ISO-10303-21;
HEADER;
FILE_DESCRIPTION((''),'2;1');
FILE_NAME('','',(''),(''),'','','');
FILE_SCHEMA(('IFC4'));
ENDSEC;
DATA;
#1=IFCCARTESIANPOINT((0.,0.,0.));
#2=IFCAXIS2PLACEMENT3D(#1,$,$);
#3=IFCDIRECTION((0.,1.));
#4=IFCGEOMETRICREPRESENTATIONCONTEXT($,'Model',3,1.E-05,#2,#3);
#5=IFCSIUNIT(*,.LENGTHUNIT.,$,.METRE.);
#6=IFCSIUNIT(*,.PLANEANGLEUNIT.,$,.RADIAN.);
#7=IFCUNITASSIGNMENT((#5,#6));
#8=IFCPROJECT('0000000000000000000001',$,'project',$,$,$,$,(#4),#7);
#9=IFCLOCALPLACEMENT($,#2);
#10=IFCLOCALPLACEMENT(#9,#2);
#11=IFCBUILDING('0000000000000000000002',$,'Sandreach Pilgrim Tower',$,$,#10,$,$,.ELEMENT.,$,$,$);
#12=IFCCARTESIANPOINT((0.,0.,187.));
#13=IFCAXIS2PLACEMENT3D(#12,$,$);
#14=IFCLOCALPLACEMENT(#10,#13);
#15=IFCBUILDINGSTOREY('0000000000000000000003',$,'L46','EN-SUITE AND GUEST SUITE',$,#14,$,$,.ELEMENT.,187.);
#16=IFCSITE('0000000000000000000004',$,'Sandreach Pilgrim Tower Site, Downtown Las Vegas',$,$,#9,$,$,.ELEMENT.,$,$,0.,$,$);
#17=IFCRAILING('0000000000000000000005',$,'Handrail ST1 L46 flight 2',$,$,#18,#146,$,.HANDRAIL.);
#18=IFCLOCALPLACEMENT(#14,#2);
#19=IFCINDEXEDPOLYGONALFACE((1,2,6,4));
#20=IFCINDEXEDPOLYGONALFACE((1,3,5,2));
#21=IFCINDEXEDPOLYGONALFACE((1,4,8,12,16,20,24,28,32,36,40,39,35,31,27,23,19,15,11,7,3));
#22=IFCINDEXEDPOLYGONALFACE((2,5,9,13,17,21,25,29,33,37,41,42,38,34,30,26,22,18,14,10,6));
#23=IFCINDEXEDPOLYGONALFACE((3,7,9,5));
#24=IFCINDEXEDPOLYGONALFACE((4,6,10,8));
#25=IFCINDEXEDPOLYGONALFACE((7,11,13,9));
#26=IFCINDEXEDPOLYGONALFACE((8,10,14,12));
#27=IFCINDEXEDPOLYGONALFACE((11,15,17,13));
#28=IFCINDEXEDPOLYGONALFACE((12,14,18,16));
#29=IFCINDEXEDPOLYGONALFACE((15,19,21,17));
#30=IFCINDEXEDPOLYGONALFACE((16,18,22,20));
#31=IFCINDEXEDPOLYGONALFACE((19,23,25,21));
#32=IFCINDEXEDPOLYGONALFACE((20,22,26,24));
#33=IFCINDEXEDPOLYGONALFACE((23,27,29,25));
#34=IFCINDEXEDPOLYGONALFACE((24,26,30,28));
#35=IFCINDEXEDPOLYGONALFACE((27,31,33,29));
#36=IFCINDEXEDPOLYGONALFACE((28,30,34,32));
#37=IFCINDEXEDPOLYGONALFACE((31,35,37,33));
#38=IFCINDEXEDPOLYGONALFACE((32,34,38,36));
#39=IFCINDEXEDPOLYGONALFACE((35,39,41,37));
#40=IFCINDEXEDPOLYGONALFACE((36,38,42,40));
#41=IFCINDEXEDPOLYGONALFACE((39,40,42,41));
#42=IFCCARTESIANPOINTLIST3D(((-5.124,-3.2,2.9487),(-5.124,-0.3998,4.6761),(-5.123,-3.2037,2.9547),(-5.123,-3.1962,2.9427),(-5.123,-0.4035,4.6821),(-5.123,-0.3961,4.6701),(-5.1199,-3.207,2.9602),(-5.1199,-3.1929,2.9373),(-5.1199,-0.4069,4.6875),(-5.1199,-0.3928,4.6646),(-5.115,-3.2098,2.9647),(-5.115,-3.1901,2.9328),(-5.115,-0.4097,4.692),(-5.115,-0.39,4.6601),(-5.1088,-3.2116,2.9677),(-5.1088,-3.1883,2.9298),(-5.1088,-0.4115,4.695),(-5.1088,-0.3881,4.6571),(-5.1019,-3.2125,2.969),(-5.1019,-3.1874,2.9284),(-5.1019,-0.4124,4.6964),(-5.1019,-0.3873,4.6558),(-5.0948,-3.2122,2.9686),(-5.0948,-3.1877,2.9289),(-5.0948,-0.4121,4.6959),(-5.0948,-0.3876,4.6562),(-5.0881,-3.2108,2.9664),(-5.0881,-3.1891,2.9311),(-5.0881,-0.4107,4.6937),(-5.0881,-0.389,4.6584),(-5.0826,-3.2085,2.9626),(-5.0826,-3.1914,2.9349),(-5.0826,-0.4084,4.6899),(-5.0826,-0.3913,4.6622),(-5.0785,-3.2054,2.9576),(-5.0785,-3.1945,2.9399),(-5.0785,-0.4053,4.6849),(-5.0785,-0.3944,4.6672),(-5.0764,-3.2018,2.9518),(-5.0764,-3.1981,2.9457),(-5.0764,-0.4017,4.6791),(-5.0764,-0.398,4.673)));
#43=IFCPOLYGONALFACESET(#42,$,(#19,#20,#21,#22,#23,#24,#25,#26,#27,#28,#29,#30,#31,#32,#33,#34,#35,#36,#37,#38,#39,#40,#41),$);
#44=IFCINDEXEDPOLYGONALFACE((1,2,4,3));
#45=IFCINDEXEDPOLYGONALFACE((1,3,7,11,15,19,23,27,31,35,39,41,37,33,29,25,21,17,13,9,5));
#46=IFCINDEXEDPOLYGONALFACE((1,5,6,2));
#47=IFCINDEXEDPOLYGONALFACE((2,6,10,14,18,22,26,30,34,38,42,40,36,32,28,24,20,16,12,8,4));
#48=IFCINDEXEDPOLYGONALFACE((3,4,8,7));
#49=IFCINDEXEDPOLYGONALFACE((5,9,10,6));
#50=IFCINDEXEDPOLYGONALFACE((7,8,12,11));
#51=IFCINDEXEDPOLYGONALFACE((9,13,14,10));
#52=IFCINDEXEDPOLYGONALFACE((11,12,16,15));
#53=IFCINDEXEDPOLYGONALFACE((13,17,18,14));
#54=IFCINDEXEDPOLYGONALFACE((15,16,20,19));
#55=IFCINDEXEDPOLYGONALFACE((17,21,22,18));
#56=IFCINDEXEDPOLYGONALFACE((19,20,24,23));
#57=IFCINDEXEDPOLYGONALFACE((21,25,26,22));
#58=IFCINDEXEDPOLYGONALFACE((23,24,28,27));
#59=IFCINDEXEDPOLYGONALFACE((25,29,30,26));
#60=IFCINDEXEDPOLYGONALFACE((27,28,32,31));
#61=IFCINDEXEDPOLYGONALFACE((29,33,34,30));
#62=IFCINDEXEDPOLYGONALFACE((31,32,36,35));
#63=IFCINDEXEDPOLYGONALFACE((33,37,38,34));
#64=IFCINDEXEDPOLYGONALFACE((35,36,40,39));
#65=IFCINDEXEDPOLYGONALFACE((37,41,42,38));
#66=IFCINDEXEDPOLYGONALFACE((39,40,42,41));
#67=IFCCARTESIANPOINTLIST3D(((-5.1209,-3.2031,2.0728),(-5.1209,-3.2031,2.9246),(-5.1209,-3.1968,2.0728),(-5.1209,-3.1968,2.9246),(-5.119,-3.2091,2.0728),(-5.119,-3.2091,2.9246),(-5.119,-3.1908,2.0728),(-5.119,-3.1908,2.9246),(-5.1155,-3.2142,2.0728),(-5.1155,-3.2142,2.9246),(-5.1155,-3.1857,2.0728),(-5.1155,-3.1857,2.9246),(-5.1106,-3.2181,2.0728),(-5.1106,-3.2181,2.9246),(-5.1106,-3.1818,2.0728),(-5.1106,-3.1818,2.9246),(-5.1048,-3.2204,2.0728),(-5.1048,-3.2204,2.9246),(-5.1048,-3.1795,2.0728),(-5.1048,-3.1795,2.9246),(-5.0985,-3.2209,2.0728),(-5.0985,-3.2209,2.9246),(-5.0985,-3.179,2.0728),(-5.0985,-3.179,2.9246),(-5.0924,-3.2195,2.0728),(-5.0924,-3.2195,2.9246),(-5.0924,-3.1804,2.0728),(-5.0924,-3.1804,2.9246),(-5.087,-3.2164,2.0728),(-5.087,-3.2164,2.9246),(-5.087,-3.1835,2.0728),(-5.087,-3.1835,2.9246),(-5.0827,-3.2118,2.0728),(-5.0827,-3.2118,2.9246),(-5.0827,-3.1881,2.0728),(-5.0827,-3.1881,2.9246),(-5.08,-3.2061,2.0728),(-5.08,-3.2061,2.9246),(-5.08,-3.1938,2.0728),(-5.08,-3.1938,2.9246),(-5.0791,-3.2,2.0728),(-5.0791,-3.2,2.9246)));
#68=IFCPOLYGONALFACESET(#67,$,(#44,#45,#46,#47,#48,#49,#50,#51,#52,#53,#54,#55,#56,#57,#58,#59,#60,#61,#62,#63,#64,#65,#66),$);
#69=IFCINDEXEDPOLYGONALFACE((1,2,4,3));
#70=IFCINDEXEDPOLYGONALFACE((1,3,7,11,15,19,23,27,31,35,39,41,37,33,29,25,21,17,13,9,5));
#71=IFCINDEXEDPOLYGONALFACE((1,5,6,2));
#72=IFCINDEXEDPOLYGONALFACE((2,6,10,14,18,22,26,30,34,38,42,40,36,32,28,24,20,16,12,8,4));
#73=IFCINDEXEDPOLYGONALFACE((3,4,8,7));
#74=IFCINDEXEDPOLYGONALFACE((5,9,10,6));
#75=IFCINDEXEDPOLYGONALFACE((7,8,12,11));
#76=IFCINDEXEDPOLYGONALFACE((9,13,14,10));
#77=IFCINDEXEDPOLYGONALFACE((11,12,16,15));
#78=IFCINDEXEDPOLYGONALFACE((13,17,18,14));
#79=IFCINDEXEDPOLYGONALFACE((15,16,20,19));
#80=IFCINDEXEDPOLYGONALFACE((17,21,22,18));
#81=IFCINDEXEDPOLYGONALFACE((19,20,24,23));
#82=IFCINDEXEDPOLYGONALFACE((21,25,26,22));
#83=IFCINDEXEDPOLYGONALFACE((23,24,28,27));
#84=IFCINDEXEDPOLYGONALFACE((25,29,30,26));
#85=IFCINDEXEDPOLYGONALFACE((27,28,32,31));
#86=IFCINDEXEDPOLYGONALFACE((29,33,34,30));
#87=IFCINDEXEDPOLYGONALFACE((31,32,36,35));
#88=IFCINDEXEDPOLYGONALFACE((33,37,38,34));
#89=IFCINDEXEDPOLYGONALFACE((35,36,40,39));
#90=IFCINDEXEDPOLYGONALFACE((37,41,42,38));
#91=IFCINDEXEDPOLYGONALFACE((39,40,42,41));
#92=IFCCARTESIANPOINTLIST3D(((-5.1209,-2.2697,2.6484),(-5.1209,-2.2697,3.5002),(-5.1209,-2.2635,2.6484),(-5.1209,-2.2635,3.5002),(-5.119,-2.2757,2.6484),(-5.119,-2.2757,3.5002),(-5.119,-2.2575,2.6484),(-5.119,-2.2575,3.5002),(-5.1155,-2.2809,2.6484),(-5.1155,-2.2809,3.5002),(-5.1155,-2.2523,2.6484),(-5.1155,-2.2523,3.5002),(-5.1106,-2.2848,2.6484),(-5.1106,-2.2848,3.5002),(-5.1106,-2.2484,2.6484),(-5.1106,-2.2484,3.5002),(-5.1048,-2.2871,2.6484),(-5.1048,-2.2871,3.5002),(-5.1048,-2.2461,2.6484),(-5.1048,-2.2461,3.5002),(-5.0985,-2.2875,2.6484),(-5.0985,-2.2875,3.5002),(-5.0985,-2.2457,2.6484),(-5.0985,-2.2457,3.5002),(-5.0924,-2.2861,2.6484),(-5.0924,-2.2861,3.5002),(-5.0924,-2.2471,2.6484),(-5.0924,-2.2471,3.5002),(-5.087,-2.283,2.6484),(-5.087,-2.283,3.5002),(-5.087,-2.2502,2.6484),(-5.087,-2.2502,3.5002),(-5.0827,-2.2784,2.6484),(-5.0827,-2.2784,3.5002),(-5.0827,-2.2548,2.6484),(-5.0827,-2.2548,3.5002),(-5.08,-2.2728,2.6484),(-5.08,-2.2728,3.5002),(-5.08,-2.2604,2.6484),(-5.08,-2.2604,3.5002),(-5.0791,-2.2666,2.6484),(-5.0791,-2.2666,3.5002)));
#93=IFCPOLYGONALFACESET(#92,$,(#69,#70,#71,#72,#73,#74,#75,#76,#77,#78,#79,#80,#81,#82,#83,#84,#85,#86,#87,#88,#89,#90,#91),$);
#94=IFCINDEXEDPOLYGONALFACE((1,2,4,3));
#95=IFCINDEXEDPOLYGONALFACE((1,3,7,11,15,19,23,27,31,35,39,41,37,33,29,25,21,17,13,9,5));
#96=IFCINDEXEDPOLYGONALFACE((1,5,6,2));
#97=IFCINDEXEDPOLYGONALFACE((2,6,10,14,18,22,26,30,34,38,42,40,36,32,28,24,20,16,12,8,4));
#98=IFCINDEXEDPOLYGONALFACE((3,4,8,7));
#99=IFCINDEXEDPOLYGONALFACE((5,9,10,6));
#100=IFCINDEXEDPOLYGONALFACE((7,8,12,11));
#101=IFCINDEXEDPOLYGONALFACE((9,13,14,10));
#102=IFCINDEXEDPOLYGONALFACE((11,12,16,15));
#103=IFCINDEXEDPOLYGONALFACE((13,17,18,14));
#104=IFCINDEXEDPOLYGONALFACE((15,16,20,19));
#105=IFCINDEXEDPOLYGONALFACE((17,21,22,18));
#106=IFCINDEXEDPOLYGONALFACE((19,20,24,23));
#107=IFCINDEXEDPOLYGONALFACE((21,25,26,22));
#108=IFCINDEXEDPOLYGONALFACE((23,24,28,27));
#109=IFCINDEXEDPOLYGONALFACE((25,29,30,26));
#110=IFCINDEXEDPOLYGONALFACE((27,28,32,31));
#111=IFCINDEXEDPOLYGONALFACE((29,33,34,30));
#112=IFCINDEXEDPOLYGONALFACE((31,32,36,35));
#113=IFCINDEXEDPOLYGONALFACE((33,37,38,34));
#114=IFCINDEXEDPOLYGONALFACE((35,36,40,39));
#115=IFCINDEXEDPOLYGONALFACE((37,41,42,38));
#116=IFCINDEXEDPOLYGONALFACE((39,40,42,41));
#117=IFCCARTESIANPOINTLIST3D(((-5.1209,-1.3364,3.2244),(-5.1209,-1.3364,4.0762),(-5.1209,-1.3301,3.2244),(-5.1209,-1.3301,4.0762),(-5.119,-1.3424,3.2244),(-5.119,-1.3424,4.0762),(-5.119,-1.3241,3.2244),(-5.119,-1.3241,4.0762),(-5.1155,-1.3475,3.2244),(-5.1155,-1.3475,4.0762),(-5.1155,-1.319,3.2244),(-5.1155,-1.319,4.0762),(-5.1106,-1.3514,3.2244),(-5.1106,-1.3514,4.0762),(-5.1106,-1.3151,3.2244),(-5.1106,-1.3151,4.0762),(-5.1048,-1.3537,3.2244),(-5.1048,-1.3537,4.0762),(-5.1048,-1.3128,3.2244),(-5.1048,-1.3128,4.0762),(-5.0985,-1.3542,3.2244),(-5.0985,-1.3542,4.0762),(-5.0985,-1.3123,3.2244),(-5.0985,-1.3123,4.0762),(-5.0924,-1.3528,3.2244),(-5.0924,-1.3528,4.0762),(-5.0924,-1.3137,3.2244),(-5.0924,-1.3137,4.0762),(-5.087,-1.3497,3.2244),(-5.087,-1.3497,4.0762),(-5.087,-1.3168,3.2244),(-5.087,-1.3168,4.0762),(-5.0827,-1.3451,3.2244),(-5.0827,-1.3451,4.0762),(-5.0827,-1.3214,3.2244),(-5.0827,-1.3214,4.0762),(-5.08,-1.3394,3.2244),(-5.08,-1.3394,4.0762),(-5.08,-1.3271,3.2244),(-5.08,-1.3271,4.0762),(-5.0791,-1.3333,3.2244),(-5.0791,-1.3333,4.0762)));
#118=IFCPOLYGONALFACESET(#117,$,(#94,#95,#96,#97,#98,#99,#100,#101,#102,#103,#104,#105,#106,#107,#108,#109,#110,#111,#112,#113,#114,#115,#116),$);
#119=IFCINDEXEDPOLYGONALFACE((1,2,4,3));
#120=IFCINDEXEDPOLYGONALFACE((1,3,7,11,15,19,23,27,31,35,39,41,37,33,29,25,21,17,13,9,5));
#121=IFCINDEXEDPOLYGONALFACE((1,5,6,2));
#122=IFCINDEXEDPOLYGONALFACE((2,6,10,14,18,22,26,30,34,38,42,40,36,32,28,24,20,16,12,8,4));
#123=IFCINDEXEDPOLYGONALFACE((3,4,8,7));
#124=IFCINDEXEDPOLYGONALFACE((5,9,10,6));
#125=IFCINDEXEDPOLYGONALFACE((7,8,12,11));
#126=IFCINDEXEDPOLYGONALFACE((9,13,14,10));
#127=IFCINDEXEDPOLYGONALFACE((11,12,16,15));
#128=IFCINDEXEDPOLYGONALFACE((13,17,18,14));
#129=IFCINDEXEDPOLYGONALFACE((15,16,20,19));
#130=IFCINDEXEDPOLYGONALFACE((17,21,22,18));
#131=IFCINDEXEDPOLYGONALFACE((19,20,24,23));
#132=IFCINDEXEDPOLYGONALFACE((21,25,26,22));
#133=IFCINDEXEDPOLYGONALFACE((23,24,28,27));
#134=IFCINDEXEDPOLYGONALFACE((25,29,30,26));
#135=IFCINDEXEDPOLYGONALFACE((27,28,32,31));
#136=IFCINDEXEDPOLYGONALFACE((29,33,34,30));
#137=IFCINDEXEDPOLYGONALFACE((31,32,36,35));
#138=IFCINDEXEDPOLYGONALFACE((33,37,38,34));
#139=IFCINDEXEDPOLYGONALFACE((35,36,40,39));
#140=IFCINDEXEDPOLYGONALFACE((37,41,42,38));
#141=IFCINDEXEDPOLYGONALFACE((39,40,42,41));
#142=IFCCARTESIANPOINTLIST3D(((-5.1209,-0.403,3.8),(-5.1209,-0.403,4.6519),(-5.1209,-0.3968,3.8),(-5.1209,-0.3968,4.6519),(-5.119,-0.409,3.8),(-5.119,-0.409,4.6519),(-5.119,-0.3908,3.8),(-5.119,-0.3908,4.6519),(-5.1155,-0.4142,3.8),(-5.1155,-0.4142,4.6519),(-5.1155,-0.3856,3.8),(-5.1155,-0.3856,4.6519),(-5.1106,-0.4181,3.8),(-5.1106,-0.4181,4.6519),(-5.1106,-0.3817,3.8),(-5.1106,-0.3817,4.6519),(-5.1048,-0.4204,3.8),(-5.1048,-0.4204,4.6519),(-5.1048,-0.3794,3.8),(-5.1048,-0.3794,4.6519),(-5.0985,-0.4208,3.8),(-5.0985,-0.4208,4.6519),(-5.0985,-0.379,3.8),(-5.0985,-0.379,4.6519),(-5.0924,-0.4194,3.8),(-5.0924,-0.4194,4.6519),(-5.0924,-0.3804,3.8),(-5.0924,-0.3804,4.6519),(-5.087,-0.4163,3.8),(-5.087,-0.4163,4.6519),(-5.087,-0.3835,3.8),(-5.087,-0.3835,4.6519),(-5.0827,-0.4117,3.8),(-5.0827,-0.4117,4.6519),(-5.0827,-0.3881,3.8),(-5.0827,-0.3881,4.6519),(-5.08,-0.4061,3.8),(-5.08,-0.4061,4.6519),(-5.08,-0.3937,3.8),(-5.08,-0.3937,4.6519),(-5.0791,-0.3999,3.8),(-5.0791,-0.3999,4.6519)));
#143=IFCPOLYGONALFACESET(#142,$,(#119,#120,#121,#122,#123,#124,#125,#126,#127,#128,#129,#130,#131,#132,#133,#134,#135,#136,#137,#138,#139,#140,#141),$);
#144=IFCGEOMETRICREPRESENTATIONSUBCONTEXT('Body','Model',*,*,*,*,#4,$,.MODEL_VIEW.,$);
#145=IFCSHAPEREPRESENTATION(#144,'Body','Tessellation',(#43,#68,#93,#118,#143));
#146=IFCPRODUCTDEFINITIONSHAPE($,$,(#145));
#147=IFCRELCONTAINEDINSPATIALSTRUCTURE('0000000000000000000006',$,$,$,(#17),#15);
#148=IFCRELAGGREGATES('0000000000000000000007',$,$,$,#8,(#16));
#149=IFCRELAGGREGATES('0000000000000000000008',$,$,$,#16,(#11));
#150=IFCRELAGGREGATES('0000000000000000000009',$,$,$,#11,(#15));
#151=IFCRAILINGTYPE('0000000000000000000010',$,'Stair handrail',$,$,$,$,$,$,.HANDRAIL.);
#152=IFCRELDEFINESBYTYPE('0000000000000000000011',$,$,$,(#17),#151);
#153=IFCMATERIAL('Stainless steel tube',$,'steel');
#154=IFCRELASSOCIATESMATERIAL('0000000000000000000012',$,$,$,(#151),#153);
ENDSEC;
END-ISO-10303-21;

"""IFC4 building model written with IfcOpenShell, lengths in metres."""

from ifc_helpers import new_model, si_unit, direction, frame, origin, origin_2d, place, context, subcontext, project, spatial, circle, extrude, material, type_object, element, save


model = new_model("IFC4")

# Units and contexts
model_context = context("Model", 3, precision=1e-05, world=origin(), true_north=direction((0.0, 1.0)))
body_context = subcontext(model_context, "Body", "Model", "MODEL_VIEW")
ifc_project = project(units=[si_unit("LENGTHUNIT", "METRE"), si_unit("PLANEANGLEUNIT", "RADIAN")], contexts=[model_context])

# Site, building, storey
site_placement = place(None, origin())
site = spatial("IfcSite", under=ifc_project, at=site_placement, Name="Sandreach Pilgrim Tower Site, Downtown Las Vegas", CompositionType="ELEMENT", RefElevation=0.0)
building_placement = place(site_placement, origin())
building = spatial("IfcBuilding", under=site, at=building_placement, Name="Sandreach Pilgrim Tower", CompositionType="ELEMENT")
storey_placement = place(building_placement, frame((0.0, 0.0, 187.0)))
storey = spatial("IfcBuildingStorey", under=building, at=storey_placement, Name="L46", Description="EN-SUITE AND GUEST SUITE", CompositionType="ELEMENT", Elevation=187.0)

# Railing
ifc_material_1 = material(Name="Stainless steel tube", Category="steel")
railing_type = type_object("IfcRailingType", Name="Stair handrail", PredefinedType="HANDRAIL", material=ifc_material_1)
for number, where, name in (
    (1, (-5.1001, -3.2, 2.0728), "Handrail ST1 L46 flight 2"),
):
    element("IfcRailing", number, at=place(storey_placement, frame(where)), inside=storey, type_object=railing_type, Name=name, PredefinedType="HANDRAIL", context=body_context, shape_type="SweptSolid", body=[
        extrude(circle(Radius=0.0239, at=origin_2d()), frame((0.0, 0.0, 0.876), z_axis=(0.0, 0.85109, 0.52502), x_axis=(-1.0, 0.0, 0.0)), (0.0, 0.0, 1.0), 3.29),
        extrude(circle(Radius=0.021, at=origin_2d()), origin(), (0.0, 0.0, 1.0), 0.8518),
        extrude(circle(Radius=0.021, at=origin_2d()), frame((0.0, 0.9333, 0.5757)), (0.0, 0.0, 1.0), 0.8518),
        extrude(circle(Radius=0.021, at=origin_2d()), frame((0.0, 1.8667, 1.1516)), (0.0, 0.0, 1.0), 0.8518),
        extrude(circle(Radius=0.021, at=origin_2d()), frame((0.0, 2.8, 1.7273)), (0.0, 0.0, 1.0), 0.8518),
    ])

save(model, "model.ifc")
